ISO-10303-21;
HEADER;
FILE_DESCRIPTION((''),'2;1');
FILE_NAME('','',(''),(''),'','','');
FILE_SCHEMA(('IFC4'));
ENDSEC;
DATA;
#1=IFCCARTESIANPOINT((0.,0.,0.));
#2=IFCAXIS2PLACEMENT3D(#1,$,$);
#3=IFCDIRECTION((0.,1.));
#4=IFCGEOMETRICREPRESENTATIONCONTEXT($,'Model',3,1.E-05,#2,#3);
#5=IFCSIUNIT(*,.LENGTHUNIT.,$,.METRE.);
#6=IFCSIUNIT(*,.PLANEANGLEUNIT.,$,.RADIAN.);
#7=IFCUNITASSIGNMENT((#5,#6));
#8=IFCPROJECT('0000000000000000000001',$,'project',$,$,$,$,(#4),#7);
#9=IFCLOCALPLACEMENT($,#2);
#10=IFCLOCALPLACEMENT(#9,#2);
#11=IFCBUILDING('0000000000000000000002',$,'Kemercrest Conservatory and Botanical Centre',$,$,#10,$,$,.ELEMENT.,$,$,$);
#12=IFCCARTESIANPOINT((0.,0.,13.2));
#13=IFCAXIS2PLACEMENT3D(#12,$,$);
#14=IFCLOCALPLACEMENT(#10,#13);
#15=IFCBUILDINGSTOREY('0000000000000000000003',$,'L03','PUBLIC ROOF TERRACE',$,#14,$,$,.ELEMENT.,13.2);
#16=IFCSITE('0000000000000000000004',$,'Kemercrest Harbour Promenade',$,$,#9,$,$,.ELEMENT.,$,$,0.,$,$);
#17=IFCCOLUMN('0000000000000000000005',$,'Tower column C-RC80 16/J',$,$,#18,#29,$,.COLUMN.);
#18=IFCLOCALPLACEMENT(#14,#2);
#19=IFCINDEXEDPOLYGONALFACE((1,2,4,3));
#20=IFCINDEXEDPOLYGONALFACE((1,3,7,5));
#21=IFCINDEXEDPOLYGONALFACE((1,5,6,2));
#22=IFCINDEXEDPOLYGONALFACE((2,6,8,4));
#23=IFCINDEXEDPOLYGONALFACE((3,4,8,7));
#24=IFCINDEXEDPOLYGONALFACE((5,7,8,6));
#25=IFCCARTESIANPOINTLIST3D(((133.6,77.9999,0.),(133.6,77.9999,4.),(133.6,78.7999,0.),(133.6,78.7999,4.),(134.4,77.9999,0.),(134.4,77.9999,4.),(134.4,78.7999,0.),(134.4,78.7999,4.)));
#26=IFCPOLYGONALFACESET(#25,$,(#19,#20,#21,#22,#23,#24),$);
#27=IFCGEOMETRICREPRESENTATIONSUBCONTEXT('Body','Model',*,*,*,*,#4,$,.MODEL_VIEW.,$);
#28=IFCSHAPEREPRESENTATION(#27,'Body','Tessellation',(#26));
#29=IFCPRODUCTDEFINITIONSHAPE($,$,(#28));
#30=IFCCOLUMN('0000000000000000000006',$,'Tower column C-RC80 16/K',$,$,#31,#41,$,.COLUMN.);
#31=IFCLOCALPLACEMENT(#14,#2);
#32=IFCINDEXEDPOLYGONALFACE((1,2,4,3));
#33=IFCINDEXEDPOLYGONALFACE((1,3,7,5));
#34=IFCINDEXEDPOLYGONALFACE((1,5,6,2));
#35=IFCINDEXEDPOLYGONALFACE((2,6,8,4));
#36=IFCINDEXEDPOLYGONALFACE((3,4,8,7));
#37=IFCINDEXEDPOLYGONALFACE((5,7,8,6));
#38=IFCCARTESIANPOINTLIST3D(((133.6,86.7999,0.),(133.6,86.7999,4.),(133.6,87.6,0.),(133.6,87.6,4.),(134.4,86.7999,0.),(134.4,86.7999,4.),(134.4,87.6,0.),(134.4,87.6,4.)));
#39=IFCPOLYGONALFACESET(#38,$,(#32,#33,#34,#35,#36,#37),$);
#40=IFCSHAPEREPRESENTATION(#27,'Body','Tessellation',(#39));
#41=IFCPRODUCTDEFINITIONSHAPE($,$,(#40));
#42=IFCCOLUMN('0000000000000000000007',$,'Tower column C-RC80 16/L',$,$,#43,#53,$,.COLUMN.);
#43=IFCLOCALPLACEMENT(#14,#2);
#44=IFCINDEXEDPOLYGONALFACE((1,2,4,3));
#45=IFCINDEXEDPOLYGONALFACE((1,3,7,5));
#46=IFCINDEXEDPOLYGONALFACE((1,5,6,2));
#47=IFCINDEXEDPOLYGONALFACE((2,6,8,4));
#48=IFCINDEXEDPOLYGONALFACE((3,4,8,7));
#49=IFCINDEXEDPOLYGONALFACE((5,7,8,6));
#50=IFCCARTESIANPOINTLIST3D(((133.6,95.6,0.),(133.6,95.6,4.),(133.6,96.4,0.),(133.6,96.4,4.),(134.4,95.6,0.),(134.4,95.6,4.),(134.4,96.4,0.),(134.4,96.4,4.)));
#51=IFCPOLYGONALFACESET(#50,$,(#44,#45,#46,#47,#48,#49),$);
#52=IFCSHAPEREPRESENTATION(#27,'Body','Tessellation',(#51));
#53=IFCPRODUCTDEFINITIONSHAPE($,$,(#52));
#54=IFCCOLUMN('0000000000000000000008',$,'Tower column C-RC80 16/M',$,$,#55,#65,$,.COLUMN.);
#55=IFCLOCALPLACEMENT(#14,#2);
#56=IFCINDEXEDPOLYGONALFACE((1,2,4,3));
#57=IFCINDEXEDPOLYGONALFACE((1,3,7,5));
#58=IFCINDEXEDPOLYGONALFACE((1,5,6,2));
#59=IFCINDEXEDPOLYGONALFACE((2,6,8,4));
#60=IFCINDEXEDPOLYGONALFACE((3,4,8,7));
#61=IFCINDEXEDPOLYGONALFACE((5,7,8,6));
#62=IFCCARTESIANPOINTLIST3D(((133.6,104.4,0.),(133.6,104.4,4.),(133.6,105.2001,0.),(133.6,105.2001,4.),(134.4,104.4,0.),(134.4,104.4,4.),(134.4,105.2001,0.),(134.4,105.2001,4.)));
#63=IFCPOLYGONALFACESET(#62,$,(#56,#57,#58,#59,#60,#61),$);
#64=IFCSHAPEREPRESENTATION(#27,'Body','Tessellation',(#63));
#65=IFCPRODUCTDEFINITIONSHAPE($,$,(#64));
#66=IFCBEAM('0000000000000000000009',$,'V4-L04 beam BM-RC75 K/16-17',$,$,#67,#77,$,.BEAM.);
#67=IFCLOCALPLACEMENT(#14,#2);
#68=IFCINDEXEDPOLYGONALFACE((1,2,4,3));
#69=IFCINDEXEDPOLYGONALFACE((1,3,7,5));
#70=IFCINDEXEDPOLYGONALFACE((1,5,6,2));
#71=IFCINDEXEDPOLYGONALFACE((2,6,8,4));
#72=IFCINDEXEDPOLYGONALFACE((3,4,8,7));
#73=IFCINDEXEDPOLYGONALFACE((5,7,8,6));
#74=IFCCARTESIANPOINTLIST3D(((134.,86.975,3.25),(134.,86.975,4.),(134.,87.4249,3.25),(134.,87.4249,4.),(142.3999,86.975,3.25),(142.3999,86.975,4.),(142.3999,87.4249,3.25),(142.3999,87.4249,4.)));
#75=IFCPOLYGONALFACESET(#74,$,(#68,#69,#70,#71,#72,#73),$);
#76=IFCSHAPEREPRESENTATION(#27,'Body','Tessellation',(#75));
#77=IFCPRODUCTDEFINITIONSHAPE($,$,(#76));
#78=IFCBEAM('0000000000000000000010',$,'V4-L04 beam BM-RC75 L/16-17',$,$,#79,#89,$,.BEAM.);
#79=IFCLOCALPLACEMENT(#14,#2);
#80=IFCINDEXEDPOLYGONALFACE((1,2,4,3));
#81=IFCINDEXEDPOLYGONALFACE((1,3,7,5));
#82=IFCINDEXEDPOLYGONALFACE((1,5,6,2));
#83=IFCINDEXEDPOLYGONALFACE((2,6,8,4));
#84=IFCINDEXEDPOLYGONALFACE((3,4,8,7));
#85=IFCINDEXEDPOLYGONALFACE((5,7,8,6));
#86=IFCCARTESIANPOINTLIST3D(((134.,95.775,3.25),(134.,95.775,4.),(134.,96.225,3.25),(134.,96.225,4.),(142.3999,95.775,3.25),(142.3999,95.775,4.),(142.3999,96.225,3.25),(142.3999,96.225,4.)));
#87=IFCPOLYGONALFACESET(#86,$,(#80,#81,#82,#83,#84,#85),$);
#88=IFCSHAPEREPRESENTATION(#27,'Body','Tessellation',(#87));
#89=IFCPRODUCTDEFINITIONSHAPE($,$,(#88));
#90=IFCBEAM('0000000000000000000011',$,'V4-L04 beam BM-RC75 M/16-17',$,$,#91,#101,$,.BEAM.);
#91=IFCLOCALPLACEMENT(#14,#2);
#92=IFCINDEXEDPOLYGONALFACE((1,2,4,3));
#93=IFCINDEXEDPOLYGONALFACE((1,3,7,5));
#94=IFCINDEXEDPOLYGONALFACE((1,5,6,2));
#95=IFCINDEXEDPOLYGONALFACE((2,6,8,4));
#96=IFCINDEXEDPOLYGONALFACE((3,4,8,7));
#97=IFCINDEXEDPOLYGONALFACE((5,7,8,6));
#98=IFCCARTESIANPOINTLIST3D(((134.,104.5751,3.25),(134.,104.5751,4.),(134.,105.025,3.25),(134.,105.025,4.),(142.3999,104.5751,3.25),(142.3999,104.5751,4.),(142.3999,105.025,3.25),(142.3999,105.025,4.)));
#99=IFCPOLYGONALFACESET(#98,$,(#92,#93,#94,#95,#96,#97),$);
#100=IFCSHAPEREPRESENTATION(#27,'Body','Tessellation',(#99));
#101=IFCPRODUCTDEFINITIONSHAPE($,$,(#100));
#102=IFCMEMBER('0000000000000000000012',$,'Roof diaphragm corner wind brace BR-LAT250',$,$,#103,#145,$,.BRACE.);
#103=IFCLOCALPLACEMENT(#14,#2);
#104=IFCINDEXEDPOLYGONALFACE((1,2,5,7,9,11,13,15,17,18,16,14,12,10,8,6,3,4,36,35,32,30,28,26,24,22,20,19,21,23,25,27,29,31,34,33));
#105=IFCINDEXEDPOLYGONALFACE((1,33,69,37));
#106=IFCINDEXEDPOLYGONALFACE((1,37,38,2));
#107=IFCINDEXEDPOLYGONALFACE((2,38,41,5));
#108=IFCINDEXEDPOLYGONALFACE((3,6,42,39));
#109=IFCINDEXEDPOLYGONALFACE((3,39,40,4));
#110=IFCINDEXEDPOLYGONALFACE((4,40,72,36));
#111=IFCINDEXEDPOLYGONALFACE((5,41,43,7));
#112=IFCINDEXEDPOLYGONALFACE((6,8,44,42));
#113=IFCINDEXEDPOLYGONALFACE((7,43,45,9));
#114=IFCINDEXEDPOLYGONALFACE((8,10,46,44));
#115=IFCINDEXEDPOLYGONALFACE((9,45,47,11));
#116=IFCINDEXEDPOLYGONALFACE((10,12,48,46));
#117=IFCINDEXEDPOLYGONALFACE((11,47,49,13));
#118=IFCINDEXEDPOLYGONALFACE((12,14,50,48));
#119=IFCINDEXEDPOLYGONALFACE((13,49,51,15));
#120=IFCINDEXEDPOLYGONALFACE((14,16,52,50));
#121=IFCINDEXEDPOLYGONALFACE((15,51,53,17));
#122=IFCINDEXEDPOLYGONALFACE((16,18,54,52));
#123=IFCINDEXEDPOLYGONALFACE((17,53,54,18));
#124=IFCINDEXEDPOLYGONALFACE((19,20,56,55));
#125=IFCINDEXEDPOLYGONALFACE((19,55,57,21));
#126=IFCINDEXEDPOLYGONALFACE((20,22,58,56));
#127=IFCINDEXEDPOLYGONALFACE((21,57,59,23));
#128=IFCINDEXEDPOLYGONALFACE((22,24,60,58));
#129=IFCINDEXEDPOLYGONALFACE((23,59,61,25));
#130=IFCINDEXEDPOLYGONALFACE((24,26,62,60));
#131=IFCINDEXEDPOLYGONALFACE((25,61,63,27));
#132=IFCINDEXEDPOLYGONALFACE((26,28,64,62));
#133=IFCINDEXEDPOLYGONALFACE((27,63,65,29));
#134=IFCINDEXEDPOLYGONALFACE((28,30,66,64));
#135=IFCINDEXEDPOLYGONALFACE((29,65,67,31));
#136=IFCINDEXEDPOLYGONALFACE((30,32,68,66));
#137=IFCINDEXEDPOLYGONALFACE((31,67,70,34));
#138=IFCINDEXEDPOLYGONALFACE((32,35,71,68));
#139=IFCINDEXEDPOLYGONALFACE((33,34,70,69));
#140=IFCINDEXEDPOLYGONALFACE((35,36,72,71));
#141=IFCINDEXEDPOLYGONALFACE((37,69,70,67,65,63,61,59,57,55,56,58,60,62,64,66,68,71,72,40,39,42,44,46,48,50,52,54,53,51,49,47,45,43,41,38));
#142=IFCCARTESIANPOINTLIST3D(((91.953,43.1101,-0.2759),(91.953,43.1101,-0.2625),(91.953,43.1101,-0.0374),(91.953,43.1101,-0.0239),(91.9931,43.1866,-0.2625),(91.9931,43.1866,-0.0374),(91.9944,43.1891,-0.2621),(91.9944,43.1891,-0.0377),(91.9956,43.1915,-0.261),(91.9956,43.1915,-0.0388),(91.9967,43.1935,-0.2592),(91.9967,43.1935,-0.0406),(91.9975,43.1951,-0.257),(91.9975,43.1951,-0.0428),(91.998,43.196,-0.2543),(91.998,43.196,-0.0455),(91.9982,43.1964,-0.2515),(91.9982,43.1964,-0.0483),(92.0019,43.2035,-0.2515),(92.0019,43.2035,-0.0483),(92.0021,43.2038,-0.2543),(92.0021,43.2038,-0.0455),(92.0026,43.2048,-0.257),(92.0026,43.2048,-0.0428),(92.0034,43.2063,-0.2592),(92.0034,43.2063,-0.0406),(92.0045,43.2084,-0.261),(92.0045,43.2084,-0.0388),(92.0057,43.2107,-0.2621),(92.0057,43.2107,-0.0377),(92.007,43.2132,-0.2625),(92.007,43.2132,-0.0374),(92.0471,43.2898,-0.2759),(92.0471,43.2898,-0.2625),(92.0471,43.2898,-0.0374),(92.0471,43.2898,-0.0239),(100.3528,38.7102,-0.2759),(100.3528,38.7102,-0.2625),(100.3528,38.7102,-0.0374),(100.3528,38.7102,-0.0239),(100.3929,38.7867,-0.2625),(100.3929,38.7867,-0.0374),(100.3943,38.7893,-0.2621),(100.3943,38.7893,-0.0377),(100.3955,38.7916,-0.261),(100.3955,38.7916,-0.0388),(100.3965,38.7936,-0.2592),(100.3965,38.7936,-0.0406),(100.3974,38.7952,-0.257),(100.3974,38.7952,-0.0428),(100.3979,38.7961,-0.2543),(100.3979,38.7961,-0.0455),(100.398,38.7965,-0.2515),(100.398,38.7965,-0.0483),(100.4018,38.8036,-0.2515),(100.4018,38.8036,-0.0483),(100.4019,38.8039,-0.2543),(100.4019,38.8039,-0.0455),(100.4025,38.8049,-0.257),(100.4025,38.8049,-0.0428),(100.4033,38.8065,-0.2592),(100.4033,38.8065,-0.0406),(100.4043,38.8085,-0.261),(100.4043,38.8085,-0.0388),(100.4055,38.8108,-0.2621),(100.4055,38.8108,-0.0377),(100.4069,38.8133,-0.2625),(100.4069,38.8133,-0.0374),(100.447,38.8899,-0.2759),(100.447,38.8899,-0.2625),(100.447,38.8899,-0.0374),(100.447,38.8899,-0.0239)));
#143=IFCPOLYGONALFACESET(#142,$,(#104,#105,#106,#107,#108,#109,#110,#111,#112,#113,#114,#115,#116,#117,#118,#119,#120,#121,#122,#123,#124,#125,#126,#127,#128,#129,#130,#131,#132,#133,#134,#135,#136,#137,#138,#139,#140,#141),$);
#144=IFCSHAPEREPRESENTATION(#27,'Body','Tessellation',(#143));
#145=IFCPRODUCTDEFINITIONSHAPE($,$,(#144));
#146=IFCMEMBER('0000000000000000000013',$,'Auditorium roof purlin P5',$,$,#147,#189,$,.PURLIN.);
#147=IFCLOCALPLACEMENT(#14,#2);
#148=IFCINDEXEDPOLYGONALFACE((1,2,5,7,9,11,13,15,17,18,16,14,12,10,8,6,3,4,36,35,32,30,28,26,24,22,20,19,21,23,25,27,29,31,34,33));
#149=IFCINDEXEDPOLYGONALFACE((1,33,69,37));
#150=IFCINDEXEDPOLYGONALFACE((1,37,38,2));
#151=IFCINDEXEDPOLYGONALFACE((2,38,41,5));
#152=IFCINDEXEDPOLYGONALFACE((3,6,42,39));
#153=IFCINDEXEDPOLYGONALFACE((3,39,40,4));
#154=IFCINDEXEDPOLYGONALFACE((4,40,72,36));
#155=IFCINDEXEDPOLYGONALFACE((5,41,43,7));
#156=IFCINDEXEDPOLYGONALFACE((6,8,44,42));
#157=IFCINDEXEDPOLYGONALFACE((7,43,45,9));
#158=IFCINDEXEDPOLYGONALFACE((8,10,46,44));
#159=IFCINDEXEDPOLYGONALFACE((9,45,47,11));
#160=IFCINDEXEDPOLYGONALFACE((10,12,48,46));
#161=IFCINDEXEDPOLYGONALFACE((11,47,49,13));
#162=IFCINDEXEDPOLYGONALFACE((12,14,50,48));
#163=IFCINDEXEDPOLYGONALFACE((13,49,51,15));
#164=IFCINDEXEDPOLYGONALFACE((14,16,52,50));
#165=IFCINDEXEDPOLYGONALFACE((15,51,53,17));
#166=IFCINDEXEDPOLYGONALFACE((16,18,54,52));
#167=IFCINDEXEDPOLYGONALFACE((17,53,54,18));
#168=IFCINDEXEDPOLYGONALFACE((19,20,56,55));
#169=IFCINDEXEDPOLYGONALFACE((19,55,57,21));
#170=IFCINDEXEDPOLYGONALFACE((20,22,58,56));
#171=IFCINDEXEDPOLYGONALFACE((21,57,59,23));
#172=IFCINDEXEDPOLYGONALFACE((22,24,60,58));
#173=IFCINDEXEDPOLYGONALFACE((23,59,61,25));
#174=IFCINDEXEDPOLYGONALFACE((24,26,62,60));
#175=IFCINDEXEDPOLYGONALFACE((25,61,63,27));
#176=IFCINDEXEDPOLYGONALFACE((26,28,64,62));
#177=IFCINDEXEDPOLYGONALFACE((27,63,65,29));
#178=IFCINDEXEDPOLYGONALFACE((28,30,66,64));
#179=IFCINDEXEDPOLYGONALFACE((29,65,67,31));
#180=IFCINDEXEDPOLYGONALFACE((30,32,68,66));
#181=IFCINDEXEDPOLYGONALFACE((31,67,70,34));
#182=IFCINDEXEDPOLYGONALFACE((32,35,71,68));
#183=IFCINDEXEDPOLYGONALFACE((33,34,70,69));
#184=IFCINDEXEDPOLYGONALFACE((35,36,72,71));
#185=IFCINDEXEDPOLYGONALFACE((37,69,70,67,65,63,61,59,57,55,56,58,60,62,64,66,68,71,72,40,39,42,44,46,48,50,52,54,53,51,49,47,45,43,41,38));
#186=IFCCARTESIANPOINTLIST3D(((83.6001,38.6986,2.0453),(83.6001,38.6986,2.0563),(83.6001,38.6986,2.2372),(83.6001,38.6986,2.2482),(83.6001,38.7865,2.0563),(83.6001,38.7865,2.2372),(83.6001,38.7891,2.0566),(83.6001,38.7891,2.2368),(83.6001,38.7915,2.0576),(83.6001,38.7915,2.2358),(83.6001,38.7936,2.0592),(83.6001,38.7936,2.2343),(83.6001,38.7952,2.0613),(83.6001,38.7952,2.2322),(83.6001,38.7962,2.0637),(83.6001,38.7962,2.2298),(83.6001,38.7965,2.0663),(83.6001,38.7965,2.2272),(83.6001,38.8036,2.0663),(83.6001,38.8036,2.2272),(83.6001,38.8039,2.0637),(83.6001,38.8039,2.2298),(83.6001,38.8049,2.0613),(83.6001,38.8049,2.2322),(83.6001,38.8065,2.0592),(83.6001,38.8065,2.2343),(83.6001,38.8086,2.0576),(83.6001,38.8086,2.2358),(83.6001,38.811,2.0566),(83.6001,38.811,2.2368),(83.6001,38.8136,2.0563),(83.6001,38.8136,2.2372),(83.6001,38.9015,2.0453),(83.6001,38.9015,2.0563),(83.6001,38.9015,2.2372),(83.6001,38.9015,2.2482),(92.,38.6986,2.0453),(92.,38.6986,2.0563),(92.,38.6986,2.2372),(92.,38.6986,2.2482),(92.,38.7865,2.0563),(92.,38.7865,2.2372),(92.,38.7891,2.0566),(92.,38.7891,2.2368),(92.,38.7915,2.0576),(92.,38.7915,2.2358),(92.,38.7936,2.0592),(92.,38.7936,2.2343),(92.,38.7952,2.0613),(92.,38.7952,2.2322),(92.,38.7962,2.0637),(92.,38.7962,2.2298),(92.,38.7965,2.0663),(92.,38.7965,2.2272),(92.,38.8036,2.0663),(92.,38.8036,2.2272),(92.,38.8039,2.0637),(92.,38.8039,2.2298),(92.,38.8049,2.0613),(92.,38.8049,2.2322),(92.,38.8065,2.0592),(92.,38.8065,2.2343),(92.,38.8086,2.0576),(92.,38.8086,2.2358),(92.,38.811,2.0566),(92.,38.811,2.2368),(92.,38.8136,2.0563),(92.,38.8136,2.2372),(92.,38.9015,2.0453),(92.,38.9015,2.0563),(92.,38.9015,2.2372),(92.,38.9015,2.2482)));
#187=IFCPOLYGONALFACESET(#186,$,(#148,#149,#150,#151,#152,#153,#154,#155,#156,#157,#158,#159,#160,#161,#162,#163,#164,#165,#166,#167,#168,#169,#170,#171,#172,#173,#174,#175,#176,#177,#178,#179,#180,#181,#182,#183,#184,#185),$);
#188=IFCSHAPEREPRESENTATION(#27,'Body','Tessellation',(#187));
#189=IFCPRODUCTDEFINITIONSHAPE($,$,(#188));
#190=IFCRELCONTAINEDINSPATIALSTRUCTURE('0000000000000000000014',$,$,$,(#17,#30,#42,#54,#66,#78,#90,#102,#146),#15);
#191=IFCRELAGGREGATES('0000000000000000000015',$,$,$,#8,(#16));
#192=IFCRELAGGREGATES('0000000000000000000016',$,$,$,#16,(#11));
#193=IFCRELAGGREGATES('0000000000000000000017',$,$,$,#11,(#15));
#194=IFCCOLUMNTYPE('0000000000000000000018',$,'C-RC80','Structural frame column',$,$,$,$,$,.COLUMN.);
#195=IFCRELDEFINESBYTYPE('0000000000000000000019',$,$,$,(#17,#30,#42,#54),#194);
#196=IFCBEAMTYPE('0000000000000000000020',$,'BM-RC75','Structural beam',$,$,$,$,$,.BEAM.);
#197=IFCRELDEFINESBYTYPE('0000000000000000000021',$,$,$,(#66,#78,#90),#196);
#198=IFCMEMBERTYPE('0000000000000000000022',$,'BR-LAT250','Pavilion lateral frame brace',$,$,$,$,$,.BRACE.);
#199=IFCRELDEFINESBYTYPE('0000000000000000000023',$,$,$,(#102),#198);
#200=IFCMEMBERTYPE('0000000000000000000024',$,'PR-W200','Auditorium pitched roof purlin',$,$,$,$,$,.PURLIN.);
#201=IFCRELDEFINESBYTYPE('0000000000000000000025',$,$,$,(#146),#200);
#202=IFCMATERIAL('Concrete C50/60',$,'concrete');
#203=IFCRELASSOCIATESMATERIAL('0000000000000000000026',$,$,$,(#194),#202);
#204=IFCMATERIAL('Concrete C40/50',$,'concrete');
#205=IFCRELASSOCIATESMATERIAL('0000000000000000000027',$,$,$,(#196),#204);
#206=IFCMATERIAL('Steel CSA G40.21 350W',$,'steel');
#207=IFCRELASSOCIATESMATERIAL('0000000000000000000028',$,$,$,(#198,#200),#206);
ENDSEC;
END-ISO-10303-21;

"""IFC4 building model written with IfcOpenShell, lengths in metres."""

from ifc_helpers import new_model, si_unit, direction, frame, origin, origin_2d, place, context, subcontext, project, spatial, rectangle, i_section, extrude, material, material_profile, profile_set, type_object, element, save


model = new_model("IFC4")

# Units and contexts
model_context = context("Model", 3, precision=1e-05, world=origin(), true_north=direction((0.0, 1.0)))
body_context = subcontext(model_context, "Body", "Model", "MODEL_VIEW")
ifc_project = project(units=[si_unit("LENGTHUNIT", "METRE"), si_unit("PLANEANGLEUNIT", "RADIAN")], contexts=[model_context])

# Site, building, storey
site_placement = place(None, origin())
site = spatial("IfcSite", under=ifc_project, at=site_placement, Name="Kemercrest Harbour Promenade", CompositionType="ELEMENT", RefElevation=0.0)
building_placement = place(site_placement, origin())
building = spatial("IfcBuilding", under=site, at=building_placement, Name="Kemercrest Conservatory and Botanical Centre", CompositionType="ELEMENT")
storey_placement = place(building_placement, frame((0.0, 0.0, 13.2)))
storey = spatial("IfcBuildingStorey", under=building, at=storey_placement, Name="L03", Description="PUBLIC ROOF TERRACE", CompositionType="ELEMENT", Elevation=13.2)

# Columns
ifc_material_1 = material(Name="Concrete C50/60", Category="concrete")
ifc_material_profile_1 = material_profile(ifc_material_1, rectangle(XDim=0.8, YDim=0.8, at=origin_2d()), Name="RC 800x800")
ifc_profile_set_1 = profile_set([ifc_material_profile_1], Name="Concrete C50/60")
column_type = type_object("IfcColumnType", Name="C-RC80", Description="Structural frame column", PredefinedType="COLUMN", material=ifc_profile_set_1)
for number, where, z_axis, x_axis, name in (
    (1, (134.0, 78.3999, 0.0), (0.0, 0.0, 1.0), (1.0, 0.0, 0.0), "Tower column C-RC80 16/J"),
    (2, (134.0, 87.2, 0.0), (0.0, 0.0, 1.0), (1.0, 0.0, 0.0), "Tower column C-RC80 16/K"),
    (3, (134.0, 96.0, 0.0), (0.0, 0.0, 1.0), (1.0, 0.0, 0.0), "Tower column C-RC80 16/L"),
    (4, (134.0, 104.8, 0.0), (0.0, 0.0, 1.0), (1.0, 0.0, 0.0), "Tower column C-RC80 16/M"),
):
    element("IfcColumn", number, at=place(storey_placement, frame(where, z_axis=z_axis, x_axis=x_axis)), inside=storey, type_object=column_type, Name=name, PredefinedType="COLUMN", context=body_context, shape_type="SweptSolid", body=[
        extrude(rectangle(XDim=0.8, YDim=0.8, at=origin_2d()), origin(), (0.0, 0.0, 1.0), 4.0),
    ])

# Beams
ifc_material_2 = material(Name="Concrete C40/50", Category="concrete")
ifc_material_profile_2 = material_profile(ifc_material_2, rectangle(XDim=0.45, YDim=0.75, at=origin_2d()), Name="RC 450x750")
ifc_profile_set_2 = profile_set([ifc_material_profile_2], Name="Concrete C40/50")
beam_type_1 = type_object("IfcBeamType", Name="BM-RC75", Description="Structural beam", PredefinedType="BEAM", material=ifc_profile_set_2)
for number, where, z_axis, x_axis, name in (
    (5, (134.0, 87.2, 3.625), (1.0, 0.0, 0.0), (0.0, 1.0, 0.0), "V4-L04 beam BM-RC75 K/16-17"),
    (6, (134.0, 96.0, 3.625), (1.0, 0.0, 0.0), (0.0, 1.0, 0.0), "V4-L04 beam BM-RC75 L/16-17"),
    (7, (134.0, 104.8, 3.625), (1.0, 0.0, 0.0), (0.0, 1.0, 0.0), "V4-L04 beam BM-RC75 M/16-17"),
):
    element("IfcBeam", number, at=place(storey_placement, frame(where, z_axis=z_axis, x_axis=x_axis)), inside=storey, type_object=beam_type_1, Name=name, PredefinedType="BEAM", context=body_context, shape_type="SweptSolid", body=[
        extrude(rectangle(XDim=0.45, YDim=0.75, at=origin_2d()), origin(), (0.0, 0.0, 1.0), 8.3999),
    ])

# Members
ifc_material_3 = material(Name="Steel CSA G40.21 350W", Category="steel")
ifc_material_profile_3 = material_profile(ifc_material_3, i_section(OverallWidth=0.2029, OverallDepth=0.252, WebThickness=0.0081, FlangeThickness=0.0134, FilletRadius=0.011, at=origin_2d()), Name="W250X58")
ifc_profile_set_3 = profile_set([ifc_material_profile_3], Name="Steel CSA G40.21 350W")
member_type_1 = type_object("IfcMemberType", Name="BR-LAT250", Description="Pavilion lateral frame brace", PredefinedType="BRACE", material=ifc_profile_set_3)
member_1_placement = place(storey_placement, frame((100.3999, 38.8, -0.1499), z_axis=(-0.885834, 0.464003, 0.0), x_axis=(-0.464003, -0.885834, 0.0)))
element("IfcMember", 8, at=member_1_placement, inside=storey, type_object=member_type_1, Name="Roof diaphragm corner wind brace BR-LAT250", PredefinedType="BRACE", context=body_context, shape_type="SweptSolid", body=[
    extrude(i_section(OverallWidth=0.2029, OverallDepth=0.252, WebThickness=0.0081, FlangeThickness=0.0134, FilletRadius=0.011, at=origin_2d()), origin(), (0.0, 0.0, 1.0), 9.4824),
])
ifc_material_profile_4 = material_profile(ifc_material_3, i_section(OverallWidth=0.2029, OverallDepth=0.2029, WebThickness=0.0071, FlangeThickness=0.011, FilletRadius=0.01, at=origin_2d()), Name="W200X46")
ifc_profile_set_4 = profile_set([ifc_material_profile_4], Name="Steel CSA G40.21 350W")
member_type_2 = type_object("IfcMemberType", Name="PR-W200", Description="Auditorium pitched roof purlin", PredefinedType="PURLIN", material=ifc_profile_set_4)
for number, where, z_axis, x_axis, name in (
    (9, (83.6001, 38.8, 2.1467), (1.0, 0.0, 0.0), (0.0, 1.0, 0.0), "Auditorium roof purlin P5"),
):
    element("IfcMember", number, at=place(storey_placement, frame(where, z_axis=z_axis, x_axis=x_axis)), inside=storey, type_object=member_type_2, Name=name, PredefinedType="PURLIN", context=body_context, shape_type="SweptSolid", body=[
        extrude(i_section(OverallWidth=0.2029, OverallDepth=0.2029, WebThickness=0.0071, FlangeThickness=0.011, FilletRadius=0.01, at=origin_2d()), origin(), (0.0, 0.0, 1.0), 8.3999),
    ])

save(model, "model.ifc")
